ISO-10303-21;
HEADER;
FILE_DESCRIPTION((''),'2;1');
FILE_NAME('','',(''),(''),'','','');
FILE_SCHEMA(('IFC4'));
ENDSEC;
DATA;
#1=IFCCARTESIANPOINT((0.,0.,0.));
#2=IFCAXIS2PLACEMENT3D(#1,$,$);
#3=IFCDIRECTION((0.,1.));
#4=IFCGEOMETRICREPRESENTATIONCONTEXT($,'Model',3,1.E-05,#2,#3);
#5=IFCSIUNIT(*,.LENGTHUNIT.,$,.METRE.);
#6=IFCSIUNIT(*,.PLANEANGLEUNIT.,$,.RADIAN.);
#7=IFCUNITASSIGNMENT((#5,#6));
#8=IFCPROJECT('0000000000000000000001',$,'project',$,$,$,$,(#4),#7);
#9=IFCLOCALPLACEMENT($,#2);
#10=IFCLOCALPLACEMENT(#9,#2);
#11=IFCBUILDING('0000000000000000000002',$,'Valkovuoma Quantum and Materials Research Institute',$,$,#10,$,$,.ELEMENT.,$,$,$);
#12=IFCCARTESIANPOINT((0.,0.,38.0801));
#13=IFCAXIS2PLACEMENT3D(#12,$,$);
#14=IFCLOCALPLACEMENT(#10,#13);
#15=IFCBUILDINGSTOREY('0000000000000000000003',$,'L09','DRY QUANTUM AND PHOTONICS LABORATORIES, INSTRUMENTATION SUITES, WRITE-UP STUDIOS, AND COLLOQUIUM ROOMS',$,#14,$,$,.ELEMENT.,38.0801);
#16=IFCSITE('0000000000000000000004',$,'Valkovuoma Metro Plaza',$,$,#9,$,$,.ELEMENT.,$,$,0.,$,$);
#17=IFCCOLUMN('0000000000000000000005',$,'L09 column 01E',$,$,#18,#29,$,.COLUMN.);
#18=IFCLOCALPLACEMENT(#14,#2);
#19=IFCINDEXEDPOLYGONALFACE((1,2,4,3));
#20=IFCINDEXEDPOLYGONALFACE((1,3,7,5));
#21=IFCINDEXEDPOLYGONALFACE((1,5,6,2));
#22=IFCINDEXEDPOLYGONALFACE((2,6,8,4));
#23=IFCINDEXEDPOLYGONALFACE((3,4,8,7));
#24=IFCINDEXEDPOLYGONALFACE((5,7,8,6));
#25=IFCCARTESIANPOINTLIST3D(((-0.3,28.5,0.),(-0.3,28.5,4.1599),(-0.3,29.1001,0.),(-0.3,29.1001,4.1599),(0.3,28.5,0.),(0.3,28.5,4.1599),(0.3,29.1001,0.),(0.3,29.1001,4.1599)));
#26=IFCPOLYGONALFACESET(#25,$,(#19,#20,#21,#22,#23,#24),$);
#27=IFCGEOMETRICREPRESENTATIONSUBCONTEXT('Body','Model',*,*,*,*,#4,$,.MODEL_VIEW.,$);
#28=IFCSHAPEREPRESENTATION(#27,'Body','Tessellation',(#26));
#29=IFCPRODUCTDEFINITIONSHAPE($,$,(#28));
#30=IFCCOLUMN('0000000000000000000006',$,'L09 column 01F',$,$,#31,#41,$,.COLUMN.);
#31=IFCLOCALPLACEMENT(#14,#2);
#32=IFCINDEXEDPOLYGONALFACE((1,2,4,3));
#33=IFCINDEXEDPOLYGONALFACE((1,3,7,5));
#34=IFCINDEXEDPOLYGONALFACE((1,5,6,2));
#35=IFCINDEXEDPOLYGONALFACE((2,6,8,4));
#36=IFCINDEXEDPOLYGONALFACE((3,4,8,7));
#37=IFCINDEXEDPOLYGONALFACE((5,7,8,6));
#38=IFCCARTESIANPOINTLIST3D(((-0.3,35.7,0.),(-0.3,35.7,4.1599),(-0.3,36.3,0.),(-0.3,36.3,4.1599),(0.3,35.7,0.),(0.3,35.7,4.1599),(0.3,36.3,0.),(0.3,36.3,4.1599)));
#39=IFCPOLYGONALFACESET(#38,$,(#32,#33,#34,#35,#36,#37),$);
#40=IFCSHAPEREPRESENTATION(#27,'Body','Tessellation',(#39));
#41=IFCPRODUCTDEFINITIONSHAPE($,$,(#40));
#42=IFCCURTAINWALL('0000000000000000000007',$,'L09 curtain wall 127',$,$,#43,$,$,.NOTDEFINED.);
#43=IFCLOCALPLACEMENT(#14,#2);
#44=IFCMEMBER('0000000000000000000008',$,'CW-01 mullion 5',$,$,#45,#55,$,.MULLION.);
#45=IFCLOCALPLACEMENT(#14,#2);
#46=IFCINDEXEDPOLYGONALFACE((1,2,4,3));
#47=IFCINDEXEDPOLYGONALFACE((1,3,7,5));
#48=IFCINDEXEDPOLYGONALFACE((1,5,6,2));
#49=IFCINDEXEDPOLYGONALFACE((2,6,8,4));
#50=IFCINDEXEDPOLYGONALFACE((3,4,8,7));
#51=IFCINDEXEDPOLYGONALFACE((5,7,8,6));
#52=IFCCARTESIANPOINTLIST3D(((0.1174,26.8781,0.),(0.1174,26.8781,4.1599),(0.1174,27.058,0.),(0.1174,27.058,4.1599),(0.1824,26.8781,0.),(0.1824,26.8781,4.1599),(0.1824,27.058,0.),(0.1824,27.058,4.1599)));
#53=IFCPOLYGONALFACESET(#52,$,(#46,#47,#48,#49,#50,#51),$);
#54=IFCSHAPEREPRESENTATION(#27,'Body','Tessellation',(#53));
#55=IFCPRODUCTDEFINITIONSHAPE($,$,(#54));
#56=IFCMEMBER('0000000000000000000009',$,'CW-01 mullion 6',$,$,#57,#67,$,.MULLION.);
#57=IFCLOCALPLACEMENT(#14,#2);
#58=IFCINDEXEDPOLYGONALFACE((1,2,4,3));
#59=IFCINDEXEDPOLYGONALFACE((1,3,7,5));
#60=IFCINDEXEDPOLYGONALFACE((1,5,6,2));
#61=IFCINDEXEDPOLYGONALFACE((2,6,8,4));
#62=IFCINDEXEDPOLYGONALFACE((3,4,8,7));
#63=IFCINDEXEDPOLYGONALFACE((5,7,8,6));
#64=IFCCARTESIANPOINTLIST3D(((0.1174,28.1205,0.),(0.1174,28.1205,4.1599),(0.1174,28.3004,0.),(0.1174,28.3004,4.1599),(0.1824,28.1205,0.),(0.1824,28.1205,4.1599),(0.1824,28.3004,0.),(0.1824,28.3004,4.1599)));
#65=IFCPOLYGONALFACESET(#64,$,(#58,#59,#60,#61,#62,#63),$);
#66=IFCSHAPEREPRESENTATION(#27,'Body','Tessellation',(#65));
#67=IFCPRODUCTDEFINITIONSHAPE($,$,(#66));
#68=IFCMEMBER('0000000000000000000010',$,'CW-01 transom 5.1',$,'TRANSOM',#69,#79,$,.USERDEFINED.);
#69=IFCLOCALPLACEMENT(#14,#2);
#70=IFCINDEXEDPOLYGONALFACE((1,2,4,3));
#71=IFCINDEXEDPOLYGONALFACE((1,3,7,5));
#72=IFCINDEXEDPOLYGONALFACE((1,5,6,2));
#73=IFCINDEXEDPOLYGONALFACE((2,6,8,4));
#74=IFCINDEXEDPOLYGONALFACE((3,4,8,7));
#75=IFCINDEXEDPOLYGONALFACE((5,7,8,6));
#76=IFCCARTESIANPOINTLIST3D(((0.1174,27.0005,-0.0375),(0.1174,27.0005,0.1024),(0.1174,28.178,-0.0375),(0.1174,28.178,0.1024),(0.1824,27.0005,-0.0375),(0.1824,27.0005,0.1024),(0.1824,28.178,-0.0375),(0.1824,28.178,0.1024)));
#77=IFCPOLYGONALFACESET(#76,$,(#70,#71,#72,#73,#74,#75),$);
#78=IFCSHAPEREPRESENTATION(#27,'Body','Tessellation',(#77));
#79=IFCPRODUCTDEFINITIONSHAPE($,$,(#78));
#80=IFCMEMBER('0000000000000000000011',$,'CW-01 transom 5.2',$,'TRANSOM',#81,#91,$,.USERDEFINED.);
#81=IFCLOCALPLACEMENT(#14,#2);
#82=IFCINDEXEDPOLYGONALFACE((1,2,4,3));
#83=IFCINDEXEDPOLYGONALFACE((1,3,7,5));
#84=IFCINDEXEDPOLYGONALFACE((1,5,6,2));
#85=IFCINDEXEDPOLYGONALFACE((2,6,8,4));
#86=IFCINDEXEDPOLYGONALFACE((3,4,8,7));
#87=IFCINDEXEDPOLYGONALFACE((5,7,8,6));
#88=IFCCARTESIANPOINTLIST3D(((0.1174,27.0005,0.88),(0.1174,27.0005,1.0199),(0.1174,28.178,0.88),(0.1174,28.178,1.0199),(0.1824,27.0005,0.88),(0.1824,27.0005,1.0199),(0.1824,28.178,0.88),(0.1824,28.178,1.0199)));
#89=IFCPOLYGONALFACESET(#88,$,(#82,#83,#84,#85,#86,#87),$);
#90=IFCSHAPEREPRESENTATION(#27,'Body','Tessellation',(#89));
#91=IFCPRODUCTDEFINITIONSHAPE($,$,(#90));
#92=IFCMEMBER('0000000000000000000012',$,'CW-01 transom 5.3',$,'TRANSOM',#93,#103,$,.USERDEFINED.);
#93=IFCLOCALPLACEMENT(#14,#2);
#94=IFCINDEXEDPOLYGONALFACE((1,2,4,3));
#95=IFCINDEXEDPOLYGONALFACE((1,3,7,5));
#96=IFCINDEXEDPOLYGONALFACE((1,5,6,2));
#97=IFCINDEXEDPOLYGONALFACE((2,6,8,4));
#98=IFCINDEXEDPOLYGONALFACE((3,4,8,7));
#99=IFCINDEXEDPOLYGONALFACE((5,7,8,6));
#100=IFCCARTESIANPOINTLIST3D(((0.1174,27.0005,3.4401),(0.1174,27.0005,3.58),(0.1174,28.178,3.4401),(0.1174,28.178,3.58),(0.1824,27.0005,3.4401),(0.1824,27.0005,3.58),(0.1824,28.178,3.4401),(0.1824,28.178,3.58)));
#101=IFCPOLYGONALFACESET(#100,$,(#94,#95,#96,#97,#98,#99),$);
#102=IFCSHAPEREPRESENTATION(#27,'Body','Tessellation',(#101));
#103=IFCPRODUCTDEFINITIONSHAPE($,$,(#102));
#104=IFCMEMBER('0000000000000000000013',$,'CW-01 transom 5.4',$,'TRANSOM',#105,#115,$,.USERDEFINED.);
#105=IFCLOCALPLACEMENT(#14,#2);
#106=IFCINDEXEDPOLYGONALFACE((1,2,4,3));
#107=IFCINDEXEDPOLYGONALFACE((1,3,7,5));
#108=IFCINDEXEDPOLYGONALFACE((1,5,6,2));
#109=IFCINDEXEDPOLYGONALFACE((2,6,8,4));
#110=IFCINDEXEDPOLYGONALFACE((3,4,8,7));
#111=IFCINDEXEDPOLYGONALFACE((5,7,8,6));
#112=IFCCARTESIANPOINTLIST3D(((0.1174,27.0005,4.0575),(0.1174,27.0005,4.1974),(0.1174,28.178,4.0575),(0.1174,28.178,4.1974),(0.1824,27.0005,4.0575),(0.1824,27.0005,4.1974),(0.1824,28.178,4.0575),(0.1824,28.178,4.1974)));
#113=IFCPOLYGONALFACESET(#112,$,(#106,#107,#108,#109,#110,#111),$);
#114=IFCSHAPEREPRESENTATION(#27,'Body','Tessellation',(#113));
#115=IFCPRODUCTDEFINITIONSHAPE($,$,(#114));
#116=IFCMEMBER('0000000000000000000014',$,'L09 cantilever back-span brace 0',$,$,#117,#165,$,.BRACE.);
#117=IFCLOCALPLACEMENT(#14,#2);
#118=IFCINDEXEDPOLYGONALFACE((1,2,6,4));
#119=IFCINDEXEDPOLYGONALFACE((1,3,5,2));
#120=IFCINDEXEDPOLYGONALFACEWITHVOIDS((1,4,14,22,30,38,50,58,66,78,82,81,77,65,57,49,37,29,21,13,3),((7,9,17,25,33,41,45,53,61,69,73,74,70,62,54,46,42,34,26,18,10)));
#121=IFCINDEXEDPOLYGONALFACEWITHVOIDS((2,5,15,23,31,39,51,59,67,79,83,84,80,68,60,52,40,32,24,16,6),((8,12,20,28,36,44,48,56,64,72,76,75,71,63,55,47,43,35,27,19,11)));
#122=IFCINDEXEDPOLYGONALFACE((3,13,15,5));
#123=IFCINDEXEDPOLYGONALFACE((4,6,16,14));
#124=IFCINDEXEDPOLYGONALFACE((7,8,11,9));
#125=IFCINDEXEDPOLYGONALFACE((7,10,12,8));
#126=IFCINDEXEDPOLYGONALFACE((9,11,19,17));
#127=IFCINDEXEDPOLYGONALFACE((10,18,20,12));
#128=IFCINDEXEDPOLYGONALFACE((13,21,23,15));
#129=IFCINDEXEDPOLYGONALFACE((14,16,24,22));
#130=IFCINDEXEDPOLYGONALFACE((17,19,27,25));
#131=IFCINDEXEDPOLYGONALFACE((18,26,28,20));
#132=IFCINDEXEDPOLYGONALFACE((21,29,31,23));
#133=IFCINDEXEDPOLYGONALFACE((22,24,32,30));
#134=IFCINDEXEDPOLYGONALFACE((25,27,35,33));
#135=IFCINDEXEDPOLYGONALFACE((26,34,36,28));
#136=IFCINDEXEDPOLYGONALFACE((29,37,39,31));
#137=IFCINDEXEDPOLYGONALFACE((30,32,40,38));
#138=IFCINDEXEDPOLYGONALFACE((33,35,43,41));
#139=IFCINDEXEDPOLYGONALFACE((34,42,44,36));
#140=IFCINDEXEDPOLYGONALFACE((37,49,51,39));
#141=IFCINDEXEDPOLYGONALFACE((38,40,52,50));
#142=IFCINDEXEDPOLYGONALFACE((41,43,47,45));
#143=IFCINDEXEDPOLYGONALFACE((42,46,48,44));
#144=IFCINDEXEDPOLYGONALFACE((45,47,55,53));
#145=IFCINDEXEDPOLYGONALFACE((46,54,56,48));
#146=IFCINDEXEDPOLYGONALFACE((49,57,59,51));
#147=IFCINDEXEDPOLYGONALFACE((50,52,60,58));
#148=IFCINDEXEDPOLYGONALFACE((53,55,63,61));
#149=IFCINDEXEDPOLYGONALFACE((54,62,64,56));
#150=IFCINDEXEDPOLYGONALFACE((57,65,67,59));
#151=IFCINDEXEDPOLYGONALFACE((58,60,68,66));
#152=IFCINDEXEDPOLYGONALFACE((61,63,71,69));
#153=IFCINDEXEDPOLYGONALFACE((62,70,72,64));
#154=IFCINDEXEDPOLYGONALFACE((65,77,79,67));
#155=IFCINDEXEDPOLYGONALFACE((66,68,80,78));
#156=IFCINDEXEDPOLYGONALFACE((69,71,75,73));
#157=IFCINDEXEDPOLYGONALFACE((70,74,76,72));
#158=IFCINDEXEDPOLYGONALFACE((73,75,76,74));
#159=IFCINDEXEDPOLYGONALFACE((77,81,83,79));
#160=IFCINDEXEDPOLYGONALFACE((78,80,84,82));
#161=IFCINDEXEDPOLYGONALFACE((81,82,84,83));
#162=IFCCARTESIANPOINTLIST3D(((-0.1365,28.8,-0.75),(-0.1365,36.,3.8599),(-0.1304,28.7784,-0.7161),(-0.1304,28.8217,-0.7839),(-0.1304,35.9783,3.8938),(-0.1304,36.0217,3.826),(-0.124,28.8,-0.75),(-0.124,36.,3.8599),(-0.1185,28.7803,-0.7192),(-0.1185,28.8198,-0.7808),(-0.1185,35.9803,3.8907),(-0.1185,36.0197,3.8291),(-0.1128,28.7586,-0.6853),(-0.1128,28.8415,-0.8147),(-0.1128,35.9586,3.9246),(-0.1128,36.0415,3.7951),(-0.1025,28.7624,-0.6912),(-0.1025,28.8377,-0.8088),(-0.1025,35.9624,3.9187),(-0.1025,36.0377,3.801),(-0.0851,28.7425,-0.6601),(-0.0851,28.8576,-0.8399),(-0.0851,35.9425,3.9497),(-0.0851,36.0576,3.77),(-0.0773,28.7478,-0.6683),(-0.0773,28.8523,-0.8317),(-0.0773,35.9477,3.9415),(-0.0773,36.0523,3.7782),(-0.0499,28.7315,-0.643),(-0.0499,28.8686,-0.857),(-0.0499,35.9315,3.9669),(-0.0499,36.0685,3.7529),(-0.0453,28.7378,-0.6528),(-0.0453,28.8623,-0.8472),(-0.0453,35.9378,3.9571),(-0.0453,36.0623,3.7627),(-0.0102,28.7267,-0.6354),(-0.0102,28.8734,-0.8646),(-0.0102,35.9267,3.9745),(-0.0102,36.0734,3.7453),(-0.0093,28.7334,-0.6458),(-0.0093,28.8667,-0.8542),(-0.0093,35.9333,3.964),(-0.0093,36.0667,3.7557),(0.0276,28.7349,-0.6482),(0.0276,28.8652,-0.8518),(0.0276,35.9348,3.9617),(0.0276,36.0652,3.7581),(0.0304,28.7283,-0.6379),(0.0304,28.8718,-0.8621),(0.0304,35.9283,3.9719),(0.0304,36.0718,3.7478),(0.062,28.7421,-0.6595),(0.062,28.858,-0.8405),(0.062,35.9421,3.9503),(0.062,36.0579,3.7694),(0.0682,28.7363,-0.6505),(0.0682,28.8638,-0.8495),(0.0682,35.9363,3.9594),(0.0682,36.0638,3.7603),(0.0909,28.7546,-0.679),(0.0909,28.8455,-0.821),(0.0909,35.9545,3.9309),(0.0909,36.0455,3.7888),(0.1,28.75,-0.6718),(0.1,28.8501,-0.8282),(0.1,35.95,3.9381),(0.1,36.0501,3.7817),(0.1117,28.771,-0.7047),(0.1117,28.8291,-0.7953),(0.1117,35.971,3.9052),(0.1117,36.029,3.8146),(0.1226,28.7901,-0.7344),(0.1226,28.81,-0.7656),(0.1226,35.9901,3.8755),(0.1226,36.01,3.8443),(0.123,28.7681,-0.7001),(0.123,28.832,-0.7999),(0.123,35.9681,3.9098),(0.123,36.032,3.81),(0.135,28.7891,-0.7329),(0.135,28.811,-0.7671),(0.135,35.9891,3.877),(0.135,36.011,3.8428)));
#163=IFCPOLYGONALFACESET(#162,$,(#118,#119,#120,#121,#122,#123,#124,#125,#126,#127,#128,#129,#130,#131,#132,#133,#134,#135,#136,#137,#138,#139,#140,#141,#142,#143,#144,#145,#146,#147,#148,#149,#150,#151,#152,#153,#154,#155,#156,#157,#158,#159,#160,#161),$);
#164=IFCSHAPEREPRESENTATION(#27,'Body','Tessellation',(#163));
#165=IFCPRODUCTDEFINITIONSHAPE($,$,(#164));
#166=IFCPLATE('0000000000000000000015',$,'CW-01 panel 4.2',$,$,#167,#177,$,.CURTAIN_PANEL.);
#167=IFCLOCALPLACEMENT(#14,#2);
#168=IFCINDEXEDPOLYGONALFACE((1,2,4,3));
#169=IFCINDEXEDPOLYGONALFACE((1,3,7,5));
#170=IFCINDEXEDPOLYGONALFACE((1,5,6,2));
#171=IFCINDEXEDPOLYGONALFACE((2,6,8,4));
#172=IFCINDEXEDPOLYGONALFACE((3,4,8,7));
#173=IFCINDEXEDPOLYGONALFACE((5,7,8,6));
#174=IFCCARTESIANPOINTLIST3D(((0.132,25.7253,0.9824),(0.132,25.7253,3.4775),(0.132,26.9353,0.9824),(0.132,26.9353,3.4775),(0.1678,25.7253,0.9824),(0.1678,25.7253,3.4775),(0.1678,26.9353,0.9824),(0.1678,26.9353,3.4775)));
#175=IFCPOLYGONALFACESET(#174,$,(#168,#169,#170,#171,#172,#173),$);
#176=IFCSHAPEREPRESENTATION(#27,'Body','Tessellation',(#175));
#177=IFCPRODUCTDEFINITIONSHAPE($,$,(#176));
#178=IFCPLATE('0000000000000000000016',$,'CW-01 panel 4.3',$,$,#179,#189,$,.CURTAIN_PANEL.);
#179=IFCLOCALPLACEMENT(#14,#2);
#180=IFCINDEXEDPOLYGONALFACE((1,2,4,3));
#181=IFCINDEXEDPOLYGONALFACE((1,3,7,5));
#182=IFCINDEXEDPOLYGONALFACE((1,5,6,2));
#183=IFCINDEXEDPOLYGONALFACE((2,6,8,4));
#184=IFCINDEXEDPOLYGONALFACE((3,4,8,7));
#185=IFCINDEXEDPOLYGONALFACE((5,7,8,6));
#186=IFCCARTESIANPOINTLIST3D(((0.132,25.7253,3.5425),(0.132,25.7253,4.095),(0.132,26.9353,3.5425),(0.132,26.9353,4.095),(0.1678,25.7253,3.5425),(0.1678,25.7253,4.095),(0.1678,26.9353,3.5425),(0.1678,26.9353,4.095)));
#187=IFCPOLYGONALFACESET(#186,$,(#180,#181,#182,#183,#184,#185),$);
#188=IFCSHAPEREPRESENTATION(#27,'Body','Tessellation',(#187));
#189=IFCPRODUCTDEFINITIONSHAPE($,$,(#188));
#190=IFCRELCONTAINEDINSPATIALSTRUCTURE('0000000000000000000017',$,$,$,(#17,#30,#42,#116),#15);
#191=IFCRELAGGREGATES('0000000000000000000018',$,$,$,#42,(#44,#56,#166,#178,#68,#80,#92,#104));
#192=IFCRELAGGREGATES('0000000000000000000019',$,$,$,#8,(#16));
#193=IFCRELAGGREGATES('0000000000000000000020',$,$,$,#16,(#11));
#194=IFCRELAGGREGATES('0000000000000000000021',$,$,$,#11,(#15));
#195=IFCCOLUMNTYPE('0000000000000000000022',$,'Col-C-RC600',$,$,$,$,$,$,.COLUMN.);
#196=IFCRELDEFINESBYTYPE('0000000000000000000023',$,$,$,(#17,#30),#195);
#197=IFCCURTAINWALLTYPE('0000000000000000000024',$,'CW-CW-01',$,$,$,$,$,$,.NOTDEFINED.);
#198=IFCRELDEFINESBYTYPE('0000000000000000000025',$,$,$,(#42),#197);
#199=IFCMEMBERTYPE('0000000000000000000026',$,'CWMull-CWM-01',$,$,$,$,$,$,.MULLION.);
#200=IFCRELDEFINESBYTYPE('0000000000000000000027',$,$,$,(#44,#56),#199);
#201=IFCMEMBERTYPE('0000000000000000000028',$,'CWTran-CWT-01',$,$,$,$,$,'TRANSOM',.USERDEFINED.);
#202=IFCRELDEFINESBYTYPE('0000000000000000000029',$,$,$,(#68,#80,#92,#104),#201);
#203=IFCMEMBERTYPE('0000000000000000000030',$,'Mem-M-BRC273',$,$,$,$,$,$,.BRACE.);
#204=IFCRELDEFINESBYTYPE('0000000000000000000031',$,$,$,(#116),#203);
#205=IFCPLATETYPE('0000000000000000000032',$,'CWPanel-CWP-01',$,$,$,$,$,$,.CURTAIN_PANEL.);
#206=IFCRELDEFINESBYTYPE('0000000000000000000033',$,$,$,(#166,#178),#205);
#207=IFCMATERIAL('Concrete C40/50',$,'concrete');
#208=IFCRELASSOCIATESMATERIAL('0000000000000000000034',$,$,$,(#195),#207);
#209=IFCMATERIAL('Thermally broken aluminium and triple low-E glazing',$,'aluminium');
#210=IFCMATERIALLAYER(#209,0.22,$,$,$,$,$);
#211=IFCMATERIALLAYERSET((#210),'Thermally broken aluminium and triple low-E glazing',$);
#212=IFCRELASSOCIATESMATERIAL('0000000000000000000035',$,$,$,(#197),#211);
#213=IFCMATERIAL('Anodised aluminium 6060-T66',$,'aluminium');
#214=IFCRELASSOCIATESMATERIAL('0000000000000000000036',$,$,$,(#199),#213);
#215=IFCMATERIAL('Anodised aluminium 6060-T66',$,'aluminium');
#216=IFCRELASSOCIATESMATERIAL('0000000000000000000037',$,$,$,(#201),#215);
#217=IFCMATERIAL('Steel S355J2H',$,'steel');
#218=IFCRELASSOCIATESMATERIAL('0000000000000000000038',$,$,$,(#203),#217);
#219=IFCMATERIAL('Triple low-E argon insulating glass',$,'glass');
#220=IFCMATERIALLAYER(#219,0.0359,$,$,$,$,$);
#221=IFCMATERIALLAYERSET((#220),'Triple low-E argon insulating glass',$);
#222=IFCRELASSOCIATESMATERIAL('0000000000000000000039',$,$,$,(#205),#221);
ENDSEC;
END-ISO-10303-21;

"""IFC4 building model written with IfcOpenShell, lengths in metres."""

from ifc_helpers import new_model, si_unit, direction, frame, origin, origin_2d, place, context, subcontext, project, spatial, rectangle, hollow_circle, extrude, material, layer, layer_set, material_profile, profile_set, type_object, element, aggregate, save


model = new_model("IFC4")

# Units and contexts
model_context = context("Model", 3, precision=1e-05, world=origin(), true_north=direction((0.0, 1.0)))
body_context = subcontext(model_context, "Body", "Model", "MODEL_VIEW")
ifc_project = project(units=[si_unit("LENGTHUNIT", "METRE"), si_unit("PLANEANGLEUNIT", "RADIAN")], contexts=[model_context])

# Site, building, storey
site_placement = place(None, origin())
site = spatial("IfcSite", under=ifc_project, at=site_placement, Name="Valkovuoma Metro Plaza", CompositionType="ELEMENT", RefElevation=0.0)
building_placement = place(site_placement, origin())
building = spatial("IfcBuilding", under=site, at=building_placement, Name="Valkovuoma Quantum and Materials Research Institute", CompositionType="ELEMENT")
storey_placement = place(building_placement, frame((0.0, 0.0, 38.0801)))
storey = spatial("IfcBuildingStorey", under=building, at=storey_placement, Name="L09", Description="DRY QUANTUM AND PHOTONICS LABORATORIES, INSTRUMENTATION SUITES, WRITE-UP STUDIOS, AND COLLOQUIUM ROOMS", CompositionType="ELEMENT", Elevation=38.0801)

# Columns
ifc_material_1 = material(Name="Concrete C40/50", Category="concrete")
ifc_material_profile_1 = material_profile(ifc_material_1, rectangle(XDim=0.6001, YDim=0.6001, at=origin_2d()), Name="Concrete C40/50")
ifc_profile_set_1 = profile_set([ifc_material_profile_1], Name="Concrete C40/50")
column_type = type_object("IfcColumnType", Name="Col-C-RC600", PredefinedType="COLUMN", material=ifc_profile_set_1)
for number, where, z_axis, x_axis, name in (
    (1, (0.0, 28.8, 0.0), (0.0, 0.0, 1.0), (1.0, 0.0, 0.0), "L09 column 01E"),
    (2, (0.0, 36.0, 0.0), (0.0, 0.0, 1.0), (1.0, 0.0, 0.0), "L09 column 01F"),
):
    element("IfcColumn", number, at=place(storey_placement, frame(where, z_axis=z_axis, x_axis=x_axis)), inside=storey, type_object=column_type, Name=name, PredefinedType="COLUMN", context=body_context, shape_type="SweptSolid", body=[
        extrude(rectangle(XDim=0.6001, YDim=0.6001, at=origin_2d()), origin(), (0.0, 0.0, 1.0), 4.1599),
    ])

# Curtain wall, members
ifc_material_2 = material(Name="Thermally broken aluminium and triple low-E glazing", Category="aluminium")
ifc_layer_1 = layer(ifc_material_2, 0.22)
ifc_layer_set_1 = layer_set([ifc_layer_1], Name="Thermally broken aluminium and triple low-E glazing")
curtain_wall_type = type_object("IfcCurtainWallType", Name="CW-CW-01", PredefinedType="NOTDEFINED", material=ifc_layer_set_1)
curtain_wall_placement = place(storey_placement, origin())
curtain_wall = element("IfcCurtainWall", 3, at=curtain_wall_placement, inside=storey, type_object=curtain_wall_type, Name="L09 curtain wall 127", PredefinedType="NOTDEFINED")
ifc_material_3 = material(Name="Anodised aluminium 6060-T66", Category="aluminium")
ifc_material_profile_2 = material_profile(ifc_material_3, rectangle(XDim=0.0649, YDim=0.1799, at=origin_2d()), Name="Anodised aluminium 6060-T66")
ifc_profile_set_2 = profile_set([ifc_material_profile_2], Name="Anodised aluminium 6060-T66")
member_type_1 = type_object("IfcMemberType", Name="CWMull-CWM-01", PredefinedType="MULLION", material=ifc_profile_set_2)
member_1_placement = place(storey_placement, frame((0.1499, 26.968, 0.0), z_axis=(0.0, 0.0, 1.0), x_axis=(-1.0, 0.0, 0.0)))
member_1 = element("IfcMember", 4, at=member_1_placement, type_object=member_type_1, Name="CW-01 mullion 5", PredefinedType="MULLION", context=body_context, shape_type="SweptSolid", body=[
    extrude(rectangle(XDim=0.0649, YDim=0.1799, at=origin_2d()), origin(), (0.0, 0.0, 1.0), 4.1599),
])
member_2_placement = place(storey_placement, frame((0.1499, 28.2104, 0.0), z_axis=(0.0, 0.0, 1.0), x_axis=(-1.0, 0.0, 0.0)))
member_2 = element("IfcMember", 5, at=member_2_placement, type_object=member_type_1, Name="CW-01 mullion 6", PredefinedType="MULLION", context=body_context, shape_type="SweptSolid", body=[
    extrude(rectangle(XDim=0.0649, YDim=0.1799, at=origin_2d()), origin(), (0.0, 0.0, 1.0), 4.1599),
])
ifc_material_4 = material(Name="Anodised aluminium 6060-T66", Category="aluminium")
ifc_material_profile_3 = material_profile(ifc_material_4, rectangle(XDim=0.0649, YDim=0.1399, at=origin_2d()), Name="Anodised aluminium 6060-T66")
ifc_profile_set_3 = profile_set([ifc_material_profile_3], Name="Anodised aluminium 6060-T66")
member_type_2 = type_object("IfcMemberType", Name="CWTran-CWT-01", ElementType="TRANSOM", PredefinedType="USERDEFINED", material=ifc_profile_set_3)
member_3_placement = place(storey_placement, frame((0.1499, 27.0005, 0.0325), z_axis=(0.0, 1.0, 0.0), x_axis=(-1.0, 0.0, 0.0)))
member_3 = element("IfcMember", 6, at=member_3_placement, type_object=member_type_2, Name="CW-01 transom 5.1", ObjectType="TRANSOM", PredefinedType="USERDEFINED", context=body_context, shape_type="SweptSolid", body=[
    extrude(rectangle(XDim=0.0649, YDim=0.1399, at=origin_2d()), origin(), (0.0, 0.0, 1.0), 1.1775),
])
member_4_placement = place(storey_placement, frame((0.1499, 27.0005, 0.95), z_axis=(0.0, 1.0, 0.0), x_axis=(-1.0, 0.0, 0.0)))
member_4 = element("IfcMember", 7, at=member_4_placement, type_object=member_type_2, Name="CW-01 transom 5.2", ObjectType="TRANSOM", PredefinedType="USERDEFINED", context=body_context, shape_type="SweptSolid", body=[
    extrude(rectangle(XDim=0.0649, YDim=0.1399, at=origin_2d()), origin(), (0.0, 0.0, 1.0), 1.1775),
])
member_5_placement = place(storey_placement, frame((0.1499, 27.0005, 3.51), z_axis=(0.0, 1.0, 0.0), x_axis=(-1.0, 0.0, 0.0)))
member_5 = element("IfcMember", 8, at=member_5_placement, type_object=member_type_2, Name="CW-01 transom 5.3", ObjectType="TRANSOM", PredefinedType="USERDEFINED", context=body_context, shape_type="SweptSolid", body=[
    extrude(rectangle(XDim=0.0649, YDim=0.1399, at=origin_2d()), origin(), (0.0, 0.0, 1.0), 1.1775),
])
member_6_placement = place(storey_placement, frame((0.1499, 27.0005, 4.1274), z_axis=(0.0, 1.0, 0.0), x_axis=(-1.0, 0.0, 0.0)))
member_6 = element("IfcMember", 9, at=member_6_placement, type_object=member_type_2, Name="CW-01 transom 5.4", ObjectType="TRANSOM", PredefinedType="USERDEFINED", context=body_context, shape_type="SweptSolid", body=[
    extrude(rectangle(XDim=0.0649, YDim=0.1399, at=origin_2d()), origin(), (0.0, 0.0, 1.0), 1.1775),
])

# Member
ifc_material_5 = material(Name="Steel S355J2H", Category="steel")
ifc_material_profile_4 = material_profile(ifc_material_5, hollow_circle(Radius=0.1365, WallThickness=0.0125, at=origin_2d()), Name="Steel S355J2H")
ifc_profile_set_4 = profile_set([ifc_material_profile_4], Name="Steel S355J2H")
member_type_3 = type_object("IfcMemberType", Name="Mem-M-BRC273", PredefinedType="BRACE", material=ifc_profile_set_4)
member_7_placement = place(storey_placement, frame((0.0, 28.8, -0.75), z_axis=(0.0, 0.842171, 0.539211), x_axis=(-1.0, 0.0, 0.0)))
element("IfcMember", 10, at=member_7_placement, inside=storey, type_object=member_type_3, Name="L09 cantilever back-span brace 0", PredefinedType="BRACE", context=body_context, shape_type="SweptSolid", body=[
    extrude(hollow_circle(Radius=0.1365, WallThickness=0.0125, at=origin_2d()), origin(), (0.0, 0.0, 1.0), 8.5493),
])

# Plates
ifc_material_6 = material(Name="Triple low-E argon insulating glass", Category="glass")
ifc_layer_2 = layer(ifc_material_6, 0.0359)
ifc_layer_set_2 = layer_set([ifc_layer_2], Name="Triple low-E argon insulating glass")
plate_type_1 = type_object("IfcPlateType", Name="CWPanel-CWP-01", PredefinedType="CURTAIN_PANEL", material=ifc_layer_set_2)
plate_1_placement = place(storey_placement, frame((0.1499, 26.3303, 0.9824), z_axis=(0.0, 0.0, 1.0), x_axis=(0.0, 1.0, 0.0)))
plate_1 = element("IfcPlate", 11, at=plate_1_placement, type_object=plate_type_1, Name="CW-01 panel 4.2", PredefinedType="CURTAIN_PANEL", context=body_context, shape_type="SweptSolid", body=[
    extrude(rectangle(XDim=1.21, YDim=0.0359, at=origin_2d()), origin(), (0.0, 0.0, 1.0), 2.4951),
])
plate_2_placement = place(storey_placement, frame((0.1499, 26.3303, 3.5425), z_axis=(0.0, 0.0, 1.0), x_axis=(0.0, 1.0, 0.0)))
plate_2 = element("IfcPlate", 12, at=plate_2_placement, type_object=plate_type_1, Name="CW-01 panel 4.3", PredefinedType="CURTAIN_PANEL", context=body_context, shape_type="SweptSolid", body=[
    extrude(rectangle(XDim=1.21, YDim=0.0359, at=origin_2d()), origin(), (0.0, 0.0, 1.0), 0.5525),
])
aggregate(curtain_wall, [member_1, member_2, plate_1, plate_2, member_3, member_4, member_5, member_6])

save(model, "model.ifc")
